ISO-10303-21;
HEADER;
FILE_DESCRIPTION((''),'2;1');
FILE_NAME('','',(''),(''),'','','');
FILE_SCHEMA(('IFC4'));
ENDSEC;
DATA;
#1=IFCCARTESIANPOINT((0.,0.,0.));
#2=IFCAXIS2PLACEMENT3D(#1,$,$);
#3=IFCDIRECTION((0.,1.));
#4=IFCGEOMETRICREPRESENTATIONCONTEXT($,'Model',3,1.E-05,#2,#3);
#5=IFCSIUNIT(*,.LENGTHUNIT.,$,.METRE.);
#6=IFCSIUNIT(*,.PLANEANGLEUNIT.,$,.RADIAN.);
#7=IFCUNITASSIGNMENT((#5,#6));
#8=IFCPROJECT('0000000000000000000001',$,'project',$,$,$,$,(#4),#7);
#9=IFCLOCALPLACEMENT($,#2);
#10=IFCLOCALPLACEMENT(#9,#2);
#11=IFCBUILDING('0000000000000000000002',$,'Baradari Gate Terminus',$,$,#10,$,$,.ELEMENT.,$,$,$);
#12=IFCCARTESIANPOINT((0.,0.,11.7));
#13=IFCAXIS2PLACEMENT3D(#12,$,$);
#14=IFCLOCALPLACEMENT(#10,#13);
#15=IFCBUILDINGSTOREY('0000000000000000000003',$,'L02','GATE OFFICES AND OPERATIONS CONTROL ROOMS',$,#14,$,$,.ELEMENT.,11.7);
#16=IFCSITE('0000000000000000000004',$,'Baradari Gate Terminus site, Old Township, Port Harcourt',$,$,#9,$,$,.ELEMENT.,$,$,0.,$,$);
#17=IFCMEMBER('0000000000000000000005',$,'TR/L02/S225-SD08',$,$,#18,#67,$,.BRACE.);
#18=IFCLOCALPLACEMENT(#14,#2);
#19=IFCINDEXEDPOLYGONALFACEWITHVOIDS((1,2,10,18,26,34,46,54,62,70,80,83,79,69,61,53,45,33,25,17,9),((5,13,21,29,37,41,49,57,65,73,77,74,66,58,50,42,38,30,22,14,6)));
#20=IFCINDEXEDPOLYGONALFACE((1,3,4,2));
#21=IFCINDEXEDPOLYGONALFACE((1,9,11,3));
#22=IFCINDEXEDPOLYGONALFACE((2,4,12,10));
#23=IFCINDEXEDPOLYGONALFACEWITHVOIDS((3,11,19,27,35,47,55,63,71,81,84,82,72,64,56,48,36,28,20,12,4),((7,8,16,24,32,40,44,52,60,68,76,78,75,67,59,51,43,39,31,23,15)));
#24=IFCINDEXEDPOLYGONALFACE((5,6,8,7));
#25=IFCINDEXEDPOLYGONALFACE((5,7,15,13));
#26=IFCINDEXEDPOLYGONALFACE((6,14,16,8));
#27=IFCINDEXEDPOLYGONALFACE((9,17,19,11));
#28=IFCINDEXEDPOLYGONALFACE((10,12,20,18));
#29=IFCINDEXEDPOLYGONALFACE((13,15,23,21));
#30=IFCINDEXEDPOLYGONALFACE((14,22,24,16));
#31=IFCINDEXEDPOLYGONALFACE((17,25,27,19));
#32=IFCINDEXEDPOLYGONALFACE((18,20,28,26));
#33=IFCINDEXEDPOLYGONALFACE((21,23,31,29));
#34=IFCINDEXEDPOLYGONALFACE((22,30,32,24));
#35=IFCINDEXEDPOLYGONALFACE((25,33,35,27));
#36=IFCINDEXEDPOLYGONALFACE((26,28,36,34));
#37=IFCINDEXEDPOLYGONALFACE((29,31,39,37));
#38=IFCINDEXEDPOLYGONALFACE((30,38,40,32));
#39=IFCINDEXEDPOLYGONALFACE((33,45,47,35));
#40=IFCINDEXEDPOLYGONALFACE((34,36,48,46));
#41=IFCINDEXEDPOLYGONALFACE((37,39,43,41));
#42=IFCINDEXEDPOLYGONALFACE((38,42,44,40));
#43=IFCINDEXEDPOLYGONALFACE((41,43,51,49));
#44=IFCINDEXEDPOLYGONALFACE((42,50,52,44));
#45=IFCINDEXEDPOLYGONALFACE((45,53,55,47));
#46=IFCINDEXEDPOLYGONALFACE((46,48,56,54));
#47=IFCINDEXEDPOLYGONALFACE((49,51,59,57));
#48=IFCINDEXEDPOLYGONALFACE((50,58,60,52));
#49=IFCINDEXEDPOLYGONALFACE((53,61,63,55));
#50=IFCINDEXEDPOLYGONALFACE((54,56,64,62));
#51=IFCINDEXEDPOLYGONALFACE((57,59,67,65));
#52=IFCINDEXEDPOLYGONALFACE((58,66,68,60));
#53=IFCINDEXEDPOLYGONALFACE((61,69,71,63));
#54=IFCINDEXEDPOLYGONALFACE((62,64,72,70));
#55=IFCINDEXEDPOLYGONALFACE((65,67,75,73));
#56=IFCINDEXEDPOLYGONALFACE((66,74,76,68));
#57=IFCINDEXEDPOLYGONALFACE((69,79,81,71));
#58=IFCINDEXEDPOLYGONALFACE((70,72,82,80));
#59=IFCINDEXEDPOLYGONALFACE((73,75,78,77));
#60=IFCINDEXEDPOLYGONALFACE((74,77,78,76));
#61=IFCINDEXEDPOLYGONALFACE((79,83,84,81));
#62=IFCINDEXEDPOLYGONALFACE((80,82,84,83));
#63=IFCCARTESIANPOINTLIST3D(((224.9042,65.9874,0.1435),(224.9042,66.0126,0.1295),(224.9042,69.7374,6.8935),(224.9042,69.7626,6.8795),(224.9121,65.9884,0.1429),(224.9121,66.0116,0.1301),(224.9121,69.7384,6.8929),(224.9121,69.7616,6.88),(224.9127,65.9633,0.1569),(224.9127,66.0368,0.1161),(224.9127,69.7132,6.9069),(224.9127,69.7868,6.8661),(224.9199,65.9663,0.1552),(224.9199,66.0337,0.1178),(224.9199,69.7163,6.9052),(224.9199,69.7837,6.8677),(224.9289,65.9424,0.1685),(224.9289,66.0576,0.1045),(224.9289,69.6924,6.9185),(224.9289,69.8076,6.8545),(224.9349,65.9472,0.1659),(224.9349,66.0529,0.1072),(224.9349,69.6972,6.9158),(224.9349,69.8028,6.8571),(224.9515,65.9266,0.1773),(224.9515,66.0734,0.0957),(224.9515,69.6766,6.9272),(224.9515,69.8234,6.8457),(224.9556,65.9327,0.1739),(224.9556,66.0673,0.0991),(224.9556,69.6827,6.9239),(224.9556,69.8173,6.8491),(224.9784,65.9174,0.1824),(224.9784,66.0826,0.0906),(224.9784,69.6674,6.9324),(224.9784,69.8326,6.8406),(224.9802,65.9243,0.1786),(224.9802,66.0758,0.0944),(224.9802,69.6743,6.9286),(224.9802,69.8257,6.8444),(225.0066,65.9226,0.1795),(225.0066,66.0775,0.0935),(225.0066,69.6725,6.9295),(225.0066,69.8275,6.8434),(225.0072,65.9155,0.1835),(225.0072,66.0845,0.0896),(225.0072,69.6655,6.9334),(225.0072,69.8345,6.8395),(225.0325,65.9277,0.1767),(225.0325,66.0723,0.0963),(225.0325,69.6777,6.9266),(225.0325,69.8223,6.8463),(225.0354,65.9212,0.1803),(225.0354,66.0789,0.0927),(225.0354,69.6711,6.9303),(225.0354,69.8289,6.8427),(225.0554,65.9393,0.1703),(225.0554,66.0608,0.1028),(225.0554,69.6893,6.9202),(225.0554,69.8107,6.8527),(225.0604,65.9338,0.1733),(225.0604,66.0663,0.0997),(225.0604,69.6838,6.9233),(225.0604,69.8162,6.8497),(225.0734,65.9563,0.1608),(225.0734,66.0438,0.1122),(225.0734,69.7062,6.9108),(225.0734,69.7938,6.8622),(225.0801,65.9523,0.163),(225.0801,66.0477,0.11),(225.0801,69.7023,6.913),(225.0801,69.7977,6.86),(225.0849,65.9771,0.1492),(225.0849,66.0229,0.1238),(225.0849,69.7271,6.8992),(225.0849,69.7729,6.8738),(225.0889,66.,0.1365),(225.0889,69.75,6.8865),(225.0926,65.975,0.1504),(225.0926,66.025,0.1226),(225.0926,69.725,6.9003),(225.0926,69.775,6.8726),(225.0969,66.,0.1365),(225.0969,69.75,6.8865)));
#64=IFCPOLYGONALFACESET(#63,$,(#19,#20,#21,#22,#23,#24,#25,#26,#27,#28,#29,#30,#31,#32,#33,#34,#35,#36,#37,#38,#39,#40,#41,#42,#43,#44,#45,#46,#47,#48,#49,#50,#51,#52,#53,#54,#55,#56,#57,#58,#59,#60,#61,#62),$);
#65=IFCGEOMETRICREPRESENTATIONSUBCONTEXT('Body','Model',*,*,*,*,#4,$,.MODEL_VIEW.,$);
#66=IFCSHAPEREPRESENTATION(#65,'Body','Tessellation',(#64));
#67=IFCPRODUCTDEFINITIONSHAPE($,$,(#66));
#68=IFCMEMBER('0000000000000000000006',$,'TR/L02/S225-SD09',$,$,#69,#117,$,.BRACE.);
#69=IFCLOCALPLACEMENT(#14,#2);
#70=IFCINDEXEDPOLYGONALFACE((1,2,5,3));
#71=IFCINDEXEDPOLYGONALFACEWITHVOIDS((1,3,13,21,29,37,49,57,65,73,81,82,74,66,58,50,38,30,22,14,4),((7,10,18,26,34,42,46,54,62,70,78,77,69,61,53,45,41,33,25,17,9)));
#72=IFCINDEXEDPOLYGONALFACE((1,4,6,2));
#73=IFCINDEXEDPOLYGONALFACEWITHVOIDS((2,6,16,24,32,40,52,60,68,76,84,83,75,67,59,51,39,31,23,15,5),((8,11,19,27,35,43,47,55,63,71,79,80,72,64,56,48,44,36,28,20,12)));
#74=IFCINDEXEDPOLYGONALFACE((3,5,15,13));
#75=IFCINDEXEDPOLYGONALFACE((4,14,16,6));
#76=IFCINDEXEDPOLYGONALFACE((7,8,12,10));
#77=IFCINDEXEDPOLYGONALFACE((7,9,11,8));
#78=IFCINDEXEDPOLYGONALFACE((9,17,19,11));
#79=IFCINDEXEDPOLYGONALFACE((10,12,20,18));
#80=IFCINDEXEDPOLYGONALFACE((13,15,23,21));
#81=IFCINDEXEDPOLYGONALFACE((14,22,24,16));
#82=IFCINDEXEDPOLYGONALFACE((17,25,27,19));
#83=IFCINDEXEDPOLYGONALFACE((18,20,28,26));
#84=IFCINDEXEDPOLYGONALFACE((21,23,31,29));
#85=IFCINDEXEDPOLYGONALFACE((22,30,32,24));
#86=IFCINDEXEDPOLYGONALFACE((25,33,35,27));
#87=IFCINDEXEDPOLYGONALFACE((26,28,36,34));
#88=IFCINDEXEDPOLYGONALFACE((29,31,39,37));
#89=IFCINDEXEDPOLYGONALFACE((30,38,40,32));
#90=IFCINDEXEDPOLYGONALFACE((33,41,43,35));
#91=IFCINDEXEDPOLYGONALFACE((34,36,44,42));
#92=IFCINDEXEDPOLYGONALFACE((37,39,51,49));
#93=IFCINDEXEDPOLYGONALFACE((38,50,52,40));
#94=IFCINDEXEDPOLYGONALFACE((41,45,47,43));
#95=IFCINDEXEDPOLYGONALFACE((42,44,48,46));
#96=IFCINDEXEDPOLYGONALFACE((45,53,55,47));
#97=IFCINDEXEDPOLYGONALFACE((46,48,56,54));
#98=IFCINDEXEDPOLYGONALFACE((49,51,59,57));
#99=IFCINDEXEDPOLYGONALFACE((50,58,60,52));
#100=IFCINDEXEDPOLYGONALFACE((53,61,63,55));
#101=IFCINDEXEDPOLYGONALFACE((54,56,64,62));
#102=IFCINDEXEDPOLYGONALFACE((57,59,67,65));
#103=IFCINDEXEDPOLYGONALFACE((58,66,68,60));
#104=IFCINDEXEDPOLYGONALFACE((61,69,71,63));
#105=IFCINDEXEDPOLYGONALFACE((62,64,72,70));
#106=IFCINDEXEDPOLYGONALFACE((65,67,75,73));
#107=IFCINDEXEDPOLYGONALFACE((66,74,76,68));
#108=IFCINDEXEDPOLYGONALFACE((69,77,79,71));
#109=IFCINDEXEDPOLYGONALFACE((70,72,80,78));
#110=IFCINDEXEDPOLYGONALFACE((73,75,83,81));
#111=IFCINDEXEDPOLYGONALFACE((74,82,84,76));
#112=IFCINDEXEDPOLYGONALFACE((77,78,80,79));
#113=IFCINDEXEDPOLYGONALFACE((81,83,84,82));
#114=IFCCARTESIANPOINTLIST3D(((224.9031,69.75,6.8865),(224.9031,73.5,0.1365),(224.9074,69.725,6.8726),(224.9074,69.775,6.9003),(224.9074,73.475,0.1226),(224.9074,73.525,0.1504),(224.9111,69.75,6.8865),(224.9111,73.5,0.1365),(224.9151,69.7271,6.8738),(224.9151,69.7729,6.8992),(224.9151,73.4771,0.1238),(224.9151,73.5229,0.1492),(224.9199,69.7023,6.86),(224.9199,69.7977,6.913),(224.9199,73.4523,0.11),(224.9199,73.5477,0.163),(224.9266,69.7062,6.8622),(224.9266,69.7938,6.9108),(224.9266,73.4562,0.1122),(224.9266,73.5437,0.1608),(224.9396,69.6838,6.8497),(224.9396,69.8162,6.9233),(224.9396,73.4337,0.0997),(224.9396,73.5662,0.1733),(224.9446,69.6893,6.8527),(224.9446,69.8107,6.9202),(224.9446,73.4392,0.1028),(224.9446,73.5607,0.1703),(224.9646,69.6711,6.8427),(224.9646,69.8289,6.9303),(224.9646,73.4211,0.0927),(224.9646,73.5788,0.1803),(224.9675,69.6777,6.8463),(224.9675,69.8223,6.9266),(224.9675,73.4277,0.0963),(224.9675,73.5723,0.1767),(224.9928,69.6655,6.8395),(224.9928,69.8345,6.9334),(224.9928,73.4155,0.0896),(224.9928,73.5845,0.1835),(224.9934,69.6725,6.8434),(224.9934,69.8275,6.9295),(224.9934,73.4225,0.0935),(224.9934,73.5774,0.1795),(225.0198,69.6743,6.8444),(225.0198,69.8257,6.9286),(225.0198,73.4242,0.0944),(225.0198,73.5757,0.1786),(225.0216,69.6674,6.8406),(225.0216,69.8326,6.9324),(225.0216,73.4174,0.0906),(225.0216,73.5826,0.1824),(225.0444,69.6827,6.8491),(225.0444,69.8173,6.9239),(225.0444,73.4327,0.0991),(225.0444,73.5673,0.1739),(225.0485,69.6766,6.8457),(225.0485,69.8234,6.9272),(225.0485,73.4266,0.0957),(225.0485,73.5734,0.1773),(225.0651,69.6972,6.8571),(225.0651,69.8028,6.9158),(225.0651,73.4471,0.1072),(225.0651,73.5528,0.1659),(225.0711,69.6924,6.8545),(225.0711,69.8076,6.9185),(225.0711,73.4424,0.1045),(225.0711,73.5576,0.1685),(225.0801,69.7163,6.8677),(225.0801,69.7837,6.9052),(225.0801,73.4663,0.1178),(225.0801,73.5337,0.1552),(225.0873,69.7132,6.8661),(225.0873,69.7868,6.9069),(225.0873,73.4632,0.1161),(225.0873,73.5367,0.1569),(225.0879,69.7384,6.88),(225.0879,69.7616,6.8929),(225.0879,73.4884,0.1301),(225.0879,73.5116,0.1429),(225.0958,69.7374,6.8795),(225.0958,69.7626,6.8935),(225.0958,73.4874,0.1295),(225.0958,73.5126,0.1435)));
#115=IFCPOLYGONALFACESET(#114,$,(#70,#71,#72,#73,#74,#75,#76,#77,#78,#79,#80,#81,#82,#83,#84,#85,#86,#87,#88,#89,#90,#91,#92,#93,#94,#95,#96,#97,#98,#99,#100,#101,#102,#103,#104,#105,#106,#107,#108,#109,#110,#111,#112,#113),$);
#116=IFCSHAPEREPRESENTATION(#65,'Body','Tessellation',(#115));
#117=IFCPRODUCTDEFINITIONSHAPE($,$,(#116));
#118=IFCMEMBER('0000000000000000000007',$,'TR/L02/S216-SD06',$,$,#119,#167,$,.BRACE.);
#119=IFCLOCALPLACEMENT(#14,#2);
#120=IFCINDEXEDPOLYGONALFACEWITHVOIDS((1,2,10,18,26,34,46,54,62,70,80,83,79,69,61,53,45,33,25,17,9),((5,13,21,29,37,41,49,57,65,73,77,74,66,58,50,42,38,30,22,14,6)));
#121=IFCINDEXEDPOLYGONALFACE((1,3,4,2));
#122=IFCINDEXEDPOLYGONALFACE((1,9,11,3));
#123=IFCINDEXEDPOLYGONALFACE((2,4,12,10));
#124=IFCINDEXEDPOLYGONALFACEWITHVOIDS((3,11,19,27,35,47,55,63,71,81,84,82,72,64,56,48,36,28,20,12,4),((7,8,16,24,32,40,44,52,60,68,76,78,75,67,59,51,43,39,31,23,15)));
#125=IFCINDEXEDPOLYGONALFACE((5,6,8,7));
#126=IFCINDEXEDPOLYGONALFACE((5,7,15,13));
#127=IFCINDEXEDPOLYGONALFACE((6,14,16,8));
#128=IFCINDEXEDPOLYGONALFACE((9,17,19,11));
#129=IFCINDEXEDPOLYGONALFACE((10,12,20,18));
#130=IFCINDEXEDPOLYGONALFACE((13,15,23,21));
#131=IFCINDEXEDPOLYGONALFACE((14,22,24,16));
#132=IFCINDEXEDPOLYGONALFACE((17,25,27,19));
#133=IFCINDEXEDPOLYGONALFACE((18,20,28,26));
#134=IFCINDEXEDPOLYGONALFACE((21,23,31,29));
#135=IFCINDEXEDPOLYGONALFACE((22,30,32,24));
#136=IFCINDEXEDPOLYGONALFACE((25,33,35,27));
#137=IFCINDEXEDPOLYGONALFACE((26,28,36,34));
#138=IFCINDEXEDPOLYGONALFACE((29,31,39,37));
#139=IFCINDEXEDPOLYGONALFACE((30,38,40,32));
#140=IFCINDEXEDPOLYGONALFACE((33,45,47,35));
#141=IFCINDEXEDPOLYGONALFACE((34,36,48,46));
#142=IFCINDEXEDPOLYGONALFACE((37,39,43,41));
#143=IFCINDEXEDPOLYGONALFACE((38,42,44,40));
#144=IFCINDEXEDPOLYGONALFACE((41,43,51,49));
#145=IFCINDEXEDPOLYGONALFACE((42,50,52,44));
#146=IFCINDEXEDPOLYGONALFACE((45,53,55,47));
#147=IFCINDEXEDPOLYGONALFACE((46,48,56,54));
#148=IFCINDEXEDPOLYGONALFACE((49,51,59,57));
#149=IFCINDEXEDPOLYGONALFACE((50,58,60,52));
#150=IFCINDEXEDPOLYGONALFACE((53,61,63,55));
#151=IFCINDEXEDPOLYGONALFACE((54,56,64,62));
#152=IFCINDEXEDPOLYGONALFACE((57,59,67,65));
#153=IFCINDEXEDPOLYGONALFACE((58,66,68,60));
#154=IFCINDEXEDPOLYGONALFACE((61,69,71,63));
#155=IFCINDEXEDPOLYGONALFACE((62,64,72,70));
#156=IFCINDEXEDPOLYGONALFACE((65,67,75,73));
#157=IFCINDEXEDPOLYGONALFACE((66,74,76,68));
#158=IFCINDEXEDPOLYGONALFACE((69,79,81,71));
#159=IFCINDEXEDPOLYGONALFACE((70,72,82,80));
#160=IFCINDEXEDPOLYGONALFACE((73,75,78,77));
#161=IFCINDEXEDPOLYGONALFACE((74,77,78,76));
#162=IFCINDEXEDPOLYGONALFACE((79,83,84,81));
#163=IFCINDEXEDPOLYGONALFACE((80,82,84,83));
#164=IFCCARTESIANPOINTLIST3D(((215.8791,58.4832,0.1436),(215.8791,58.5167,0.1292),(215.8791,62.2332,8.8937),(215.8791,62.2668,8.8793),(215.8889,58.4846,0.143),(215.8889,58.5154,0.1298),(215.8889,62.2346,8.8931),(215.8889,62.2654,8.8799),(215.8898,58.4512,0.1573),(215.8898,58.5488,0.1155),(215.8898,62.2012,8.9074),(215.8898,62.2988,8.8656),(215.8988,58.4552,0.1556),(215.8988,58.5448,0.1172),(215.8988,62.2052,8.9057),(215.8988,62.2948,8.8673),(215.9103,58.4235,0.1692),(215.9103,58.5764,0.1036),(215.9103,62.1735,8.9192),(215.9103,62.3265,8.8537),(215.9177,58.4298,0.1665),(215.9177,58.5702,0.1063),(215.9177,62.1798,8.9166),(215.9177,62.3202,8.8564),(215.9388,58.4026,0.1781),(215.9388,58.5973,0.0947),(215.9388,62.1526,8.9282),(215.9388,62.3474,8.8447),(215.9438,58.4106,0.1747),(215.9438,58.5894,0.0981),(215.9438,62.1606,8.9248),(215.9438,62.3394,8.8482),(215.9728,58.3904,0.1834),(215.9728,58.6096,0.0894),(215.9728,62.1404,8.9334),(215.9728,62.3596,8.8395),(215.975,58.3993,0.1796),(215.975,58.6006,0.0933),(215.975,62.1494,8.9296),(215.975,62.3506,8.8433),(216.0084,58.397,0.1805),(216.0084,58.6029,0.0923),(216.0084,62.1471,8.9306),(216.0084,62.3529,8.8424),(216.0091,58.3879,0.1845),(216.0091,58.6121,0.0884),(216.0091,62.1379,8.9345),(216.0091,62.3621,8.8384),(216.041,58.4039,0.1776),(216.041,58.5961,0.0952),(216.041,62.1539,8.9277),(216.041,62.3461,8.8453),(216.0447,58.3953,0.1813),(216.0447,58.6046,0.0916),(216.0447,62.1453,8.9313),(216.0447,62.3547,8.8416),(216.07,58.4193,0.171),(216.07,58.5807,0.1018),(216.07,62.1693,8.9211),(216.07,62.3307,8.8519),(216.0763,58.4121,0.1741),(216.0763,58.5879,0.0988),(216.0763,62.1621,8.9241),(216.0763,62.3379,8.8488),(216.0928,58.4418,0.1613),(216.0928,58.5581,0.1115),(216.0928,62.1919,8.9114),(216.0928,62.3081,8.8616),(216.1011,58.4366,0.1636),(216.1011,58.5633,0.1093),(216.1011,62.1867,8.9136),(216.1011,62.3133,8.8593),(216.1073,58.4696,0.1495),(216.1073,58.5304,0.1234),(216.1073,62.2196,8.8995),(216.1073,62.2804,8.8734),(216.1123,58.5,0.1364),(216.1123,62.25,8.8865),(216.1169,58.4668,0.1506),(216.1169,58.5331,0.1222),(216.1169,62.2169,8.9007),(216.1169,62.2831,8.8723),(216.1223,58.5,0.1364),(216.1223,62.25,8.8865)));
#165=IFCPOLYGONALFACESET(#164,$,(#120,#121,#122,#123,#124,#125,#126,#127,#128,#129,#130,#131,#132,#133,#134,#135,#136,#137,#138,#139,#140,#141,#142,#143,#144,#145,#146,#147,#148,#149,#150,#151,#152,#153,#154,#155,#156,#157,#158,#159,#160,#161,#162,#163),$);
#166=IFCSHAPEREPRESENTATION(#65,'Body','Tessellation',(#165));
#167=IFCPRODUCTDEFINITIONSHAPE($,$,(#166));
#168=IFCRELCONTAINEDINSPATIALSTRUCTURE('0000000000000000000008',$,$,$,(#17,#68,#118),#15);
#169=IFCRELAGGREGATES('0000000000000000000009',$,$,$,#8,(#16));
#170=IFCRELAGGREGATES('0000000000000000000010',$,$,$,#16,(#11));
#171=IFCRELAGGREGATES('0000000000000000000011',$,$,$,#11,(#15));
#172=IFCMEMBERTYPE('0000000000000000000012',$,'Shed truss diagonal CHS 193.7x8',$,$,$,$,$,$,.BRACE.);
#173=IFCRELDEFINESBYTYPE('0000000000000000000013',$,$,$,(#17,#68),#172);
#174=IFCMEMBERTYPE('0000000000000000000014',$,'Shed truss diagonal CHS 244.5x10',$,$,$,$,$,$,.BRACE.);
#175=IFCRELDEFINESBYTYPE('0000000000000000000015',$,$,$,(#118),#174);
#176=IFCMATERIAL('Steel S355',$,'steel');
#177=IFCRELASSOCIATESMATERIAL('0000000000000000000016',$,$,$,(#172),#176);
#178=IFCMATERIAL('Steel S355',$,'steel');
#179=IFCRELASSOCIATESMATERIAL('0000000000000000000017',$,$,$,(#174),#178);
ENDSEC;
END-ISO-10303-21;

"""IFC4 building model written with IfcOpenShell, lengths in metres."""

from ifc_helpers import new_model, si_unit, direction, frame, origin, origin_2d, place, context, subcontext, project, spatial, hollow_circle, extrude, material, material_profile, profile_set, type_object, element, save


model = new_model("IFC4")

# Units and contexts
model_context = context("Model", 3, precision=1e-05, world=origin(), true_north=direction((0.0, 1.0)))
body_context = subcontext(model_context, "Body", "Model", "MODEL_VIEW")
ifc_project = project(units=[si_unit("LENGTHUNIT", "METRE"), si_unit("PLANEANGLEUNIT", "RADIAN")], contexts=[model_context])

# Site, building, storey
site_placement = place(None, origin())
site = spatial("IfcSite", under=ifc_project, at=site_placement, Name="Baradari Gate Terminus site, Old Township, Port Harcourt", CompositionType="ELEMENT", RefElevation=0.0)
building_placement = place(site_placement, origin())
building = spatial("IfcBuilding", under=site, at=building_placement, Name="Baradari Gate Terminus", CompositionType="ELEMENT")
storey_placement = place(building_placement, frame((0.0, 0.0, 11.7)))
storey = spatial("IfcBuildingStorey", under=building, at=storey_placement, Name="L02", Description="GATE OFFICES AND OPERATIONS CONTROL ROOMS", CompositionType="ELEMENT", Elevation=11.7)

# Members
ifc_material_1 = material(Name="Steel S355", Category="steel")
ifc_material_profile_1 = material_profile(ifc_material_1, hollow_circle(Radius=0.0969, WallThickness=0.0081, at=origin_2d()), Name="CHS 193.7x8")
ifc_profile_set_1 = profile_set([ifc_material_profile_1], Name="Steel S355")
member_type_1 = type_object("IfcMemberType", Name="Shed truss diagonal CHS 193.7x8", PredefinedType="BRACE", material=ifc_profile_set_1)
for number, where, z_axis, x_axis, name in (
    (1, (225.0, 69.75, 6.8865), (0.0, -0.485643, -0.874157), (1.0, 0.0, 0.0), "TR/L02/S225-SD08"),
    (2, (225.0, 69.75, 6.8865), (0.0, 0.485643, -0.874157), (-1.0, 0.0, 0.0), "TR/L02/S225-SD09"),
):
    element("IfcMember", number, at=place(storey_placement, frame(where, z_axis=z_axis, x_axis=x_axis)), inside=storey, type_object=member_type_1, Name=name, PredefinedType="BRACE", context=body_context, shape_type="SweptSolid", body=[
        extrude(hollow_circle(Radius=0.0969, WallThickness=0.0081, at=origin_2d()), origin(), (0.0, 0.0, 1.0), 7.7217),
    ])
ifc_material_2 = material(Name="Steel S355", Category="steel")
ifc_material_profile_2 = material_profile(ifc_material_2, hollow_circle(Radius=0.1223, WallThickness=0.01, at=origin_2d()), Name="CHS 244.5x10")
ifc_profile_set_2 = profile_set([ifc_material_profile_2], Name="Steel S355")
member_type_2 = type_object("IfcMemberType", Name="Shed truss diagonal CHS 244.5x10", PredefinedType="BRACE", material=ifc_profile_set_2)
for number, where, z_axis, x_axis, name in (
    (3, (216.0, 62.25, 8.8865), (0.0, -0.393919, -0.919145), (1.0, 0.0, 0.0), "TR/L02/S216-SD06"),
):
    element("IfcMember", number, at=place(storey_placement, frame(where, z_axis=z_axis, x_axis=x_axis)), inside=storey, type_object=member_type_2, Name=name, PredefinedType="BRACE", context=body_context, shape_type="SweptSolid", body=[
        extrude(hollow_circle(Radius=0.1223, WallThickness=0.01, at=origin_2d()), origin(), (0.0, 0.0, 1.0), 9.5198),
    ])

save(model, "model.ifc")
